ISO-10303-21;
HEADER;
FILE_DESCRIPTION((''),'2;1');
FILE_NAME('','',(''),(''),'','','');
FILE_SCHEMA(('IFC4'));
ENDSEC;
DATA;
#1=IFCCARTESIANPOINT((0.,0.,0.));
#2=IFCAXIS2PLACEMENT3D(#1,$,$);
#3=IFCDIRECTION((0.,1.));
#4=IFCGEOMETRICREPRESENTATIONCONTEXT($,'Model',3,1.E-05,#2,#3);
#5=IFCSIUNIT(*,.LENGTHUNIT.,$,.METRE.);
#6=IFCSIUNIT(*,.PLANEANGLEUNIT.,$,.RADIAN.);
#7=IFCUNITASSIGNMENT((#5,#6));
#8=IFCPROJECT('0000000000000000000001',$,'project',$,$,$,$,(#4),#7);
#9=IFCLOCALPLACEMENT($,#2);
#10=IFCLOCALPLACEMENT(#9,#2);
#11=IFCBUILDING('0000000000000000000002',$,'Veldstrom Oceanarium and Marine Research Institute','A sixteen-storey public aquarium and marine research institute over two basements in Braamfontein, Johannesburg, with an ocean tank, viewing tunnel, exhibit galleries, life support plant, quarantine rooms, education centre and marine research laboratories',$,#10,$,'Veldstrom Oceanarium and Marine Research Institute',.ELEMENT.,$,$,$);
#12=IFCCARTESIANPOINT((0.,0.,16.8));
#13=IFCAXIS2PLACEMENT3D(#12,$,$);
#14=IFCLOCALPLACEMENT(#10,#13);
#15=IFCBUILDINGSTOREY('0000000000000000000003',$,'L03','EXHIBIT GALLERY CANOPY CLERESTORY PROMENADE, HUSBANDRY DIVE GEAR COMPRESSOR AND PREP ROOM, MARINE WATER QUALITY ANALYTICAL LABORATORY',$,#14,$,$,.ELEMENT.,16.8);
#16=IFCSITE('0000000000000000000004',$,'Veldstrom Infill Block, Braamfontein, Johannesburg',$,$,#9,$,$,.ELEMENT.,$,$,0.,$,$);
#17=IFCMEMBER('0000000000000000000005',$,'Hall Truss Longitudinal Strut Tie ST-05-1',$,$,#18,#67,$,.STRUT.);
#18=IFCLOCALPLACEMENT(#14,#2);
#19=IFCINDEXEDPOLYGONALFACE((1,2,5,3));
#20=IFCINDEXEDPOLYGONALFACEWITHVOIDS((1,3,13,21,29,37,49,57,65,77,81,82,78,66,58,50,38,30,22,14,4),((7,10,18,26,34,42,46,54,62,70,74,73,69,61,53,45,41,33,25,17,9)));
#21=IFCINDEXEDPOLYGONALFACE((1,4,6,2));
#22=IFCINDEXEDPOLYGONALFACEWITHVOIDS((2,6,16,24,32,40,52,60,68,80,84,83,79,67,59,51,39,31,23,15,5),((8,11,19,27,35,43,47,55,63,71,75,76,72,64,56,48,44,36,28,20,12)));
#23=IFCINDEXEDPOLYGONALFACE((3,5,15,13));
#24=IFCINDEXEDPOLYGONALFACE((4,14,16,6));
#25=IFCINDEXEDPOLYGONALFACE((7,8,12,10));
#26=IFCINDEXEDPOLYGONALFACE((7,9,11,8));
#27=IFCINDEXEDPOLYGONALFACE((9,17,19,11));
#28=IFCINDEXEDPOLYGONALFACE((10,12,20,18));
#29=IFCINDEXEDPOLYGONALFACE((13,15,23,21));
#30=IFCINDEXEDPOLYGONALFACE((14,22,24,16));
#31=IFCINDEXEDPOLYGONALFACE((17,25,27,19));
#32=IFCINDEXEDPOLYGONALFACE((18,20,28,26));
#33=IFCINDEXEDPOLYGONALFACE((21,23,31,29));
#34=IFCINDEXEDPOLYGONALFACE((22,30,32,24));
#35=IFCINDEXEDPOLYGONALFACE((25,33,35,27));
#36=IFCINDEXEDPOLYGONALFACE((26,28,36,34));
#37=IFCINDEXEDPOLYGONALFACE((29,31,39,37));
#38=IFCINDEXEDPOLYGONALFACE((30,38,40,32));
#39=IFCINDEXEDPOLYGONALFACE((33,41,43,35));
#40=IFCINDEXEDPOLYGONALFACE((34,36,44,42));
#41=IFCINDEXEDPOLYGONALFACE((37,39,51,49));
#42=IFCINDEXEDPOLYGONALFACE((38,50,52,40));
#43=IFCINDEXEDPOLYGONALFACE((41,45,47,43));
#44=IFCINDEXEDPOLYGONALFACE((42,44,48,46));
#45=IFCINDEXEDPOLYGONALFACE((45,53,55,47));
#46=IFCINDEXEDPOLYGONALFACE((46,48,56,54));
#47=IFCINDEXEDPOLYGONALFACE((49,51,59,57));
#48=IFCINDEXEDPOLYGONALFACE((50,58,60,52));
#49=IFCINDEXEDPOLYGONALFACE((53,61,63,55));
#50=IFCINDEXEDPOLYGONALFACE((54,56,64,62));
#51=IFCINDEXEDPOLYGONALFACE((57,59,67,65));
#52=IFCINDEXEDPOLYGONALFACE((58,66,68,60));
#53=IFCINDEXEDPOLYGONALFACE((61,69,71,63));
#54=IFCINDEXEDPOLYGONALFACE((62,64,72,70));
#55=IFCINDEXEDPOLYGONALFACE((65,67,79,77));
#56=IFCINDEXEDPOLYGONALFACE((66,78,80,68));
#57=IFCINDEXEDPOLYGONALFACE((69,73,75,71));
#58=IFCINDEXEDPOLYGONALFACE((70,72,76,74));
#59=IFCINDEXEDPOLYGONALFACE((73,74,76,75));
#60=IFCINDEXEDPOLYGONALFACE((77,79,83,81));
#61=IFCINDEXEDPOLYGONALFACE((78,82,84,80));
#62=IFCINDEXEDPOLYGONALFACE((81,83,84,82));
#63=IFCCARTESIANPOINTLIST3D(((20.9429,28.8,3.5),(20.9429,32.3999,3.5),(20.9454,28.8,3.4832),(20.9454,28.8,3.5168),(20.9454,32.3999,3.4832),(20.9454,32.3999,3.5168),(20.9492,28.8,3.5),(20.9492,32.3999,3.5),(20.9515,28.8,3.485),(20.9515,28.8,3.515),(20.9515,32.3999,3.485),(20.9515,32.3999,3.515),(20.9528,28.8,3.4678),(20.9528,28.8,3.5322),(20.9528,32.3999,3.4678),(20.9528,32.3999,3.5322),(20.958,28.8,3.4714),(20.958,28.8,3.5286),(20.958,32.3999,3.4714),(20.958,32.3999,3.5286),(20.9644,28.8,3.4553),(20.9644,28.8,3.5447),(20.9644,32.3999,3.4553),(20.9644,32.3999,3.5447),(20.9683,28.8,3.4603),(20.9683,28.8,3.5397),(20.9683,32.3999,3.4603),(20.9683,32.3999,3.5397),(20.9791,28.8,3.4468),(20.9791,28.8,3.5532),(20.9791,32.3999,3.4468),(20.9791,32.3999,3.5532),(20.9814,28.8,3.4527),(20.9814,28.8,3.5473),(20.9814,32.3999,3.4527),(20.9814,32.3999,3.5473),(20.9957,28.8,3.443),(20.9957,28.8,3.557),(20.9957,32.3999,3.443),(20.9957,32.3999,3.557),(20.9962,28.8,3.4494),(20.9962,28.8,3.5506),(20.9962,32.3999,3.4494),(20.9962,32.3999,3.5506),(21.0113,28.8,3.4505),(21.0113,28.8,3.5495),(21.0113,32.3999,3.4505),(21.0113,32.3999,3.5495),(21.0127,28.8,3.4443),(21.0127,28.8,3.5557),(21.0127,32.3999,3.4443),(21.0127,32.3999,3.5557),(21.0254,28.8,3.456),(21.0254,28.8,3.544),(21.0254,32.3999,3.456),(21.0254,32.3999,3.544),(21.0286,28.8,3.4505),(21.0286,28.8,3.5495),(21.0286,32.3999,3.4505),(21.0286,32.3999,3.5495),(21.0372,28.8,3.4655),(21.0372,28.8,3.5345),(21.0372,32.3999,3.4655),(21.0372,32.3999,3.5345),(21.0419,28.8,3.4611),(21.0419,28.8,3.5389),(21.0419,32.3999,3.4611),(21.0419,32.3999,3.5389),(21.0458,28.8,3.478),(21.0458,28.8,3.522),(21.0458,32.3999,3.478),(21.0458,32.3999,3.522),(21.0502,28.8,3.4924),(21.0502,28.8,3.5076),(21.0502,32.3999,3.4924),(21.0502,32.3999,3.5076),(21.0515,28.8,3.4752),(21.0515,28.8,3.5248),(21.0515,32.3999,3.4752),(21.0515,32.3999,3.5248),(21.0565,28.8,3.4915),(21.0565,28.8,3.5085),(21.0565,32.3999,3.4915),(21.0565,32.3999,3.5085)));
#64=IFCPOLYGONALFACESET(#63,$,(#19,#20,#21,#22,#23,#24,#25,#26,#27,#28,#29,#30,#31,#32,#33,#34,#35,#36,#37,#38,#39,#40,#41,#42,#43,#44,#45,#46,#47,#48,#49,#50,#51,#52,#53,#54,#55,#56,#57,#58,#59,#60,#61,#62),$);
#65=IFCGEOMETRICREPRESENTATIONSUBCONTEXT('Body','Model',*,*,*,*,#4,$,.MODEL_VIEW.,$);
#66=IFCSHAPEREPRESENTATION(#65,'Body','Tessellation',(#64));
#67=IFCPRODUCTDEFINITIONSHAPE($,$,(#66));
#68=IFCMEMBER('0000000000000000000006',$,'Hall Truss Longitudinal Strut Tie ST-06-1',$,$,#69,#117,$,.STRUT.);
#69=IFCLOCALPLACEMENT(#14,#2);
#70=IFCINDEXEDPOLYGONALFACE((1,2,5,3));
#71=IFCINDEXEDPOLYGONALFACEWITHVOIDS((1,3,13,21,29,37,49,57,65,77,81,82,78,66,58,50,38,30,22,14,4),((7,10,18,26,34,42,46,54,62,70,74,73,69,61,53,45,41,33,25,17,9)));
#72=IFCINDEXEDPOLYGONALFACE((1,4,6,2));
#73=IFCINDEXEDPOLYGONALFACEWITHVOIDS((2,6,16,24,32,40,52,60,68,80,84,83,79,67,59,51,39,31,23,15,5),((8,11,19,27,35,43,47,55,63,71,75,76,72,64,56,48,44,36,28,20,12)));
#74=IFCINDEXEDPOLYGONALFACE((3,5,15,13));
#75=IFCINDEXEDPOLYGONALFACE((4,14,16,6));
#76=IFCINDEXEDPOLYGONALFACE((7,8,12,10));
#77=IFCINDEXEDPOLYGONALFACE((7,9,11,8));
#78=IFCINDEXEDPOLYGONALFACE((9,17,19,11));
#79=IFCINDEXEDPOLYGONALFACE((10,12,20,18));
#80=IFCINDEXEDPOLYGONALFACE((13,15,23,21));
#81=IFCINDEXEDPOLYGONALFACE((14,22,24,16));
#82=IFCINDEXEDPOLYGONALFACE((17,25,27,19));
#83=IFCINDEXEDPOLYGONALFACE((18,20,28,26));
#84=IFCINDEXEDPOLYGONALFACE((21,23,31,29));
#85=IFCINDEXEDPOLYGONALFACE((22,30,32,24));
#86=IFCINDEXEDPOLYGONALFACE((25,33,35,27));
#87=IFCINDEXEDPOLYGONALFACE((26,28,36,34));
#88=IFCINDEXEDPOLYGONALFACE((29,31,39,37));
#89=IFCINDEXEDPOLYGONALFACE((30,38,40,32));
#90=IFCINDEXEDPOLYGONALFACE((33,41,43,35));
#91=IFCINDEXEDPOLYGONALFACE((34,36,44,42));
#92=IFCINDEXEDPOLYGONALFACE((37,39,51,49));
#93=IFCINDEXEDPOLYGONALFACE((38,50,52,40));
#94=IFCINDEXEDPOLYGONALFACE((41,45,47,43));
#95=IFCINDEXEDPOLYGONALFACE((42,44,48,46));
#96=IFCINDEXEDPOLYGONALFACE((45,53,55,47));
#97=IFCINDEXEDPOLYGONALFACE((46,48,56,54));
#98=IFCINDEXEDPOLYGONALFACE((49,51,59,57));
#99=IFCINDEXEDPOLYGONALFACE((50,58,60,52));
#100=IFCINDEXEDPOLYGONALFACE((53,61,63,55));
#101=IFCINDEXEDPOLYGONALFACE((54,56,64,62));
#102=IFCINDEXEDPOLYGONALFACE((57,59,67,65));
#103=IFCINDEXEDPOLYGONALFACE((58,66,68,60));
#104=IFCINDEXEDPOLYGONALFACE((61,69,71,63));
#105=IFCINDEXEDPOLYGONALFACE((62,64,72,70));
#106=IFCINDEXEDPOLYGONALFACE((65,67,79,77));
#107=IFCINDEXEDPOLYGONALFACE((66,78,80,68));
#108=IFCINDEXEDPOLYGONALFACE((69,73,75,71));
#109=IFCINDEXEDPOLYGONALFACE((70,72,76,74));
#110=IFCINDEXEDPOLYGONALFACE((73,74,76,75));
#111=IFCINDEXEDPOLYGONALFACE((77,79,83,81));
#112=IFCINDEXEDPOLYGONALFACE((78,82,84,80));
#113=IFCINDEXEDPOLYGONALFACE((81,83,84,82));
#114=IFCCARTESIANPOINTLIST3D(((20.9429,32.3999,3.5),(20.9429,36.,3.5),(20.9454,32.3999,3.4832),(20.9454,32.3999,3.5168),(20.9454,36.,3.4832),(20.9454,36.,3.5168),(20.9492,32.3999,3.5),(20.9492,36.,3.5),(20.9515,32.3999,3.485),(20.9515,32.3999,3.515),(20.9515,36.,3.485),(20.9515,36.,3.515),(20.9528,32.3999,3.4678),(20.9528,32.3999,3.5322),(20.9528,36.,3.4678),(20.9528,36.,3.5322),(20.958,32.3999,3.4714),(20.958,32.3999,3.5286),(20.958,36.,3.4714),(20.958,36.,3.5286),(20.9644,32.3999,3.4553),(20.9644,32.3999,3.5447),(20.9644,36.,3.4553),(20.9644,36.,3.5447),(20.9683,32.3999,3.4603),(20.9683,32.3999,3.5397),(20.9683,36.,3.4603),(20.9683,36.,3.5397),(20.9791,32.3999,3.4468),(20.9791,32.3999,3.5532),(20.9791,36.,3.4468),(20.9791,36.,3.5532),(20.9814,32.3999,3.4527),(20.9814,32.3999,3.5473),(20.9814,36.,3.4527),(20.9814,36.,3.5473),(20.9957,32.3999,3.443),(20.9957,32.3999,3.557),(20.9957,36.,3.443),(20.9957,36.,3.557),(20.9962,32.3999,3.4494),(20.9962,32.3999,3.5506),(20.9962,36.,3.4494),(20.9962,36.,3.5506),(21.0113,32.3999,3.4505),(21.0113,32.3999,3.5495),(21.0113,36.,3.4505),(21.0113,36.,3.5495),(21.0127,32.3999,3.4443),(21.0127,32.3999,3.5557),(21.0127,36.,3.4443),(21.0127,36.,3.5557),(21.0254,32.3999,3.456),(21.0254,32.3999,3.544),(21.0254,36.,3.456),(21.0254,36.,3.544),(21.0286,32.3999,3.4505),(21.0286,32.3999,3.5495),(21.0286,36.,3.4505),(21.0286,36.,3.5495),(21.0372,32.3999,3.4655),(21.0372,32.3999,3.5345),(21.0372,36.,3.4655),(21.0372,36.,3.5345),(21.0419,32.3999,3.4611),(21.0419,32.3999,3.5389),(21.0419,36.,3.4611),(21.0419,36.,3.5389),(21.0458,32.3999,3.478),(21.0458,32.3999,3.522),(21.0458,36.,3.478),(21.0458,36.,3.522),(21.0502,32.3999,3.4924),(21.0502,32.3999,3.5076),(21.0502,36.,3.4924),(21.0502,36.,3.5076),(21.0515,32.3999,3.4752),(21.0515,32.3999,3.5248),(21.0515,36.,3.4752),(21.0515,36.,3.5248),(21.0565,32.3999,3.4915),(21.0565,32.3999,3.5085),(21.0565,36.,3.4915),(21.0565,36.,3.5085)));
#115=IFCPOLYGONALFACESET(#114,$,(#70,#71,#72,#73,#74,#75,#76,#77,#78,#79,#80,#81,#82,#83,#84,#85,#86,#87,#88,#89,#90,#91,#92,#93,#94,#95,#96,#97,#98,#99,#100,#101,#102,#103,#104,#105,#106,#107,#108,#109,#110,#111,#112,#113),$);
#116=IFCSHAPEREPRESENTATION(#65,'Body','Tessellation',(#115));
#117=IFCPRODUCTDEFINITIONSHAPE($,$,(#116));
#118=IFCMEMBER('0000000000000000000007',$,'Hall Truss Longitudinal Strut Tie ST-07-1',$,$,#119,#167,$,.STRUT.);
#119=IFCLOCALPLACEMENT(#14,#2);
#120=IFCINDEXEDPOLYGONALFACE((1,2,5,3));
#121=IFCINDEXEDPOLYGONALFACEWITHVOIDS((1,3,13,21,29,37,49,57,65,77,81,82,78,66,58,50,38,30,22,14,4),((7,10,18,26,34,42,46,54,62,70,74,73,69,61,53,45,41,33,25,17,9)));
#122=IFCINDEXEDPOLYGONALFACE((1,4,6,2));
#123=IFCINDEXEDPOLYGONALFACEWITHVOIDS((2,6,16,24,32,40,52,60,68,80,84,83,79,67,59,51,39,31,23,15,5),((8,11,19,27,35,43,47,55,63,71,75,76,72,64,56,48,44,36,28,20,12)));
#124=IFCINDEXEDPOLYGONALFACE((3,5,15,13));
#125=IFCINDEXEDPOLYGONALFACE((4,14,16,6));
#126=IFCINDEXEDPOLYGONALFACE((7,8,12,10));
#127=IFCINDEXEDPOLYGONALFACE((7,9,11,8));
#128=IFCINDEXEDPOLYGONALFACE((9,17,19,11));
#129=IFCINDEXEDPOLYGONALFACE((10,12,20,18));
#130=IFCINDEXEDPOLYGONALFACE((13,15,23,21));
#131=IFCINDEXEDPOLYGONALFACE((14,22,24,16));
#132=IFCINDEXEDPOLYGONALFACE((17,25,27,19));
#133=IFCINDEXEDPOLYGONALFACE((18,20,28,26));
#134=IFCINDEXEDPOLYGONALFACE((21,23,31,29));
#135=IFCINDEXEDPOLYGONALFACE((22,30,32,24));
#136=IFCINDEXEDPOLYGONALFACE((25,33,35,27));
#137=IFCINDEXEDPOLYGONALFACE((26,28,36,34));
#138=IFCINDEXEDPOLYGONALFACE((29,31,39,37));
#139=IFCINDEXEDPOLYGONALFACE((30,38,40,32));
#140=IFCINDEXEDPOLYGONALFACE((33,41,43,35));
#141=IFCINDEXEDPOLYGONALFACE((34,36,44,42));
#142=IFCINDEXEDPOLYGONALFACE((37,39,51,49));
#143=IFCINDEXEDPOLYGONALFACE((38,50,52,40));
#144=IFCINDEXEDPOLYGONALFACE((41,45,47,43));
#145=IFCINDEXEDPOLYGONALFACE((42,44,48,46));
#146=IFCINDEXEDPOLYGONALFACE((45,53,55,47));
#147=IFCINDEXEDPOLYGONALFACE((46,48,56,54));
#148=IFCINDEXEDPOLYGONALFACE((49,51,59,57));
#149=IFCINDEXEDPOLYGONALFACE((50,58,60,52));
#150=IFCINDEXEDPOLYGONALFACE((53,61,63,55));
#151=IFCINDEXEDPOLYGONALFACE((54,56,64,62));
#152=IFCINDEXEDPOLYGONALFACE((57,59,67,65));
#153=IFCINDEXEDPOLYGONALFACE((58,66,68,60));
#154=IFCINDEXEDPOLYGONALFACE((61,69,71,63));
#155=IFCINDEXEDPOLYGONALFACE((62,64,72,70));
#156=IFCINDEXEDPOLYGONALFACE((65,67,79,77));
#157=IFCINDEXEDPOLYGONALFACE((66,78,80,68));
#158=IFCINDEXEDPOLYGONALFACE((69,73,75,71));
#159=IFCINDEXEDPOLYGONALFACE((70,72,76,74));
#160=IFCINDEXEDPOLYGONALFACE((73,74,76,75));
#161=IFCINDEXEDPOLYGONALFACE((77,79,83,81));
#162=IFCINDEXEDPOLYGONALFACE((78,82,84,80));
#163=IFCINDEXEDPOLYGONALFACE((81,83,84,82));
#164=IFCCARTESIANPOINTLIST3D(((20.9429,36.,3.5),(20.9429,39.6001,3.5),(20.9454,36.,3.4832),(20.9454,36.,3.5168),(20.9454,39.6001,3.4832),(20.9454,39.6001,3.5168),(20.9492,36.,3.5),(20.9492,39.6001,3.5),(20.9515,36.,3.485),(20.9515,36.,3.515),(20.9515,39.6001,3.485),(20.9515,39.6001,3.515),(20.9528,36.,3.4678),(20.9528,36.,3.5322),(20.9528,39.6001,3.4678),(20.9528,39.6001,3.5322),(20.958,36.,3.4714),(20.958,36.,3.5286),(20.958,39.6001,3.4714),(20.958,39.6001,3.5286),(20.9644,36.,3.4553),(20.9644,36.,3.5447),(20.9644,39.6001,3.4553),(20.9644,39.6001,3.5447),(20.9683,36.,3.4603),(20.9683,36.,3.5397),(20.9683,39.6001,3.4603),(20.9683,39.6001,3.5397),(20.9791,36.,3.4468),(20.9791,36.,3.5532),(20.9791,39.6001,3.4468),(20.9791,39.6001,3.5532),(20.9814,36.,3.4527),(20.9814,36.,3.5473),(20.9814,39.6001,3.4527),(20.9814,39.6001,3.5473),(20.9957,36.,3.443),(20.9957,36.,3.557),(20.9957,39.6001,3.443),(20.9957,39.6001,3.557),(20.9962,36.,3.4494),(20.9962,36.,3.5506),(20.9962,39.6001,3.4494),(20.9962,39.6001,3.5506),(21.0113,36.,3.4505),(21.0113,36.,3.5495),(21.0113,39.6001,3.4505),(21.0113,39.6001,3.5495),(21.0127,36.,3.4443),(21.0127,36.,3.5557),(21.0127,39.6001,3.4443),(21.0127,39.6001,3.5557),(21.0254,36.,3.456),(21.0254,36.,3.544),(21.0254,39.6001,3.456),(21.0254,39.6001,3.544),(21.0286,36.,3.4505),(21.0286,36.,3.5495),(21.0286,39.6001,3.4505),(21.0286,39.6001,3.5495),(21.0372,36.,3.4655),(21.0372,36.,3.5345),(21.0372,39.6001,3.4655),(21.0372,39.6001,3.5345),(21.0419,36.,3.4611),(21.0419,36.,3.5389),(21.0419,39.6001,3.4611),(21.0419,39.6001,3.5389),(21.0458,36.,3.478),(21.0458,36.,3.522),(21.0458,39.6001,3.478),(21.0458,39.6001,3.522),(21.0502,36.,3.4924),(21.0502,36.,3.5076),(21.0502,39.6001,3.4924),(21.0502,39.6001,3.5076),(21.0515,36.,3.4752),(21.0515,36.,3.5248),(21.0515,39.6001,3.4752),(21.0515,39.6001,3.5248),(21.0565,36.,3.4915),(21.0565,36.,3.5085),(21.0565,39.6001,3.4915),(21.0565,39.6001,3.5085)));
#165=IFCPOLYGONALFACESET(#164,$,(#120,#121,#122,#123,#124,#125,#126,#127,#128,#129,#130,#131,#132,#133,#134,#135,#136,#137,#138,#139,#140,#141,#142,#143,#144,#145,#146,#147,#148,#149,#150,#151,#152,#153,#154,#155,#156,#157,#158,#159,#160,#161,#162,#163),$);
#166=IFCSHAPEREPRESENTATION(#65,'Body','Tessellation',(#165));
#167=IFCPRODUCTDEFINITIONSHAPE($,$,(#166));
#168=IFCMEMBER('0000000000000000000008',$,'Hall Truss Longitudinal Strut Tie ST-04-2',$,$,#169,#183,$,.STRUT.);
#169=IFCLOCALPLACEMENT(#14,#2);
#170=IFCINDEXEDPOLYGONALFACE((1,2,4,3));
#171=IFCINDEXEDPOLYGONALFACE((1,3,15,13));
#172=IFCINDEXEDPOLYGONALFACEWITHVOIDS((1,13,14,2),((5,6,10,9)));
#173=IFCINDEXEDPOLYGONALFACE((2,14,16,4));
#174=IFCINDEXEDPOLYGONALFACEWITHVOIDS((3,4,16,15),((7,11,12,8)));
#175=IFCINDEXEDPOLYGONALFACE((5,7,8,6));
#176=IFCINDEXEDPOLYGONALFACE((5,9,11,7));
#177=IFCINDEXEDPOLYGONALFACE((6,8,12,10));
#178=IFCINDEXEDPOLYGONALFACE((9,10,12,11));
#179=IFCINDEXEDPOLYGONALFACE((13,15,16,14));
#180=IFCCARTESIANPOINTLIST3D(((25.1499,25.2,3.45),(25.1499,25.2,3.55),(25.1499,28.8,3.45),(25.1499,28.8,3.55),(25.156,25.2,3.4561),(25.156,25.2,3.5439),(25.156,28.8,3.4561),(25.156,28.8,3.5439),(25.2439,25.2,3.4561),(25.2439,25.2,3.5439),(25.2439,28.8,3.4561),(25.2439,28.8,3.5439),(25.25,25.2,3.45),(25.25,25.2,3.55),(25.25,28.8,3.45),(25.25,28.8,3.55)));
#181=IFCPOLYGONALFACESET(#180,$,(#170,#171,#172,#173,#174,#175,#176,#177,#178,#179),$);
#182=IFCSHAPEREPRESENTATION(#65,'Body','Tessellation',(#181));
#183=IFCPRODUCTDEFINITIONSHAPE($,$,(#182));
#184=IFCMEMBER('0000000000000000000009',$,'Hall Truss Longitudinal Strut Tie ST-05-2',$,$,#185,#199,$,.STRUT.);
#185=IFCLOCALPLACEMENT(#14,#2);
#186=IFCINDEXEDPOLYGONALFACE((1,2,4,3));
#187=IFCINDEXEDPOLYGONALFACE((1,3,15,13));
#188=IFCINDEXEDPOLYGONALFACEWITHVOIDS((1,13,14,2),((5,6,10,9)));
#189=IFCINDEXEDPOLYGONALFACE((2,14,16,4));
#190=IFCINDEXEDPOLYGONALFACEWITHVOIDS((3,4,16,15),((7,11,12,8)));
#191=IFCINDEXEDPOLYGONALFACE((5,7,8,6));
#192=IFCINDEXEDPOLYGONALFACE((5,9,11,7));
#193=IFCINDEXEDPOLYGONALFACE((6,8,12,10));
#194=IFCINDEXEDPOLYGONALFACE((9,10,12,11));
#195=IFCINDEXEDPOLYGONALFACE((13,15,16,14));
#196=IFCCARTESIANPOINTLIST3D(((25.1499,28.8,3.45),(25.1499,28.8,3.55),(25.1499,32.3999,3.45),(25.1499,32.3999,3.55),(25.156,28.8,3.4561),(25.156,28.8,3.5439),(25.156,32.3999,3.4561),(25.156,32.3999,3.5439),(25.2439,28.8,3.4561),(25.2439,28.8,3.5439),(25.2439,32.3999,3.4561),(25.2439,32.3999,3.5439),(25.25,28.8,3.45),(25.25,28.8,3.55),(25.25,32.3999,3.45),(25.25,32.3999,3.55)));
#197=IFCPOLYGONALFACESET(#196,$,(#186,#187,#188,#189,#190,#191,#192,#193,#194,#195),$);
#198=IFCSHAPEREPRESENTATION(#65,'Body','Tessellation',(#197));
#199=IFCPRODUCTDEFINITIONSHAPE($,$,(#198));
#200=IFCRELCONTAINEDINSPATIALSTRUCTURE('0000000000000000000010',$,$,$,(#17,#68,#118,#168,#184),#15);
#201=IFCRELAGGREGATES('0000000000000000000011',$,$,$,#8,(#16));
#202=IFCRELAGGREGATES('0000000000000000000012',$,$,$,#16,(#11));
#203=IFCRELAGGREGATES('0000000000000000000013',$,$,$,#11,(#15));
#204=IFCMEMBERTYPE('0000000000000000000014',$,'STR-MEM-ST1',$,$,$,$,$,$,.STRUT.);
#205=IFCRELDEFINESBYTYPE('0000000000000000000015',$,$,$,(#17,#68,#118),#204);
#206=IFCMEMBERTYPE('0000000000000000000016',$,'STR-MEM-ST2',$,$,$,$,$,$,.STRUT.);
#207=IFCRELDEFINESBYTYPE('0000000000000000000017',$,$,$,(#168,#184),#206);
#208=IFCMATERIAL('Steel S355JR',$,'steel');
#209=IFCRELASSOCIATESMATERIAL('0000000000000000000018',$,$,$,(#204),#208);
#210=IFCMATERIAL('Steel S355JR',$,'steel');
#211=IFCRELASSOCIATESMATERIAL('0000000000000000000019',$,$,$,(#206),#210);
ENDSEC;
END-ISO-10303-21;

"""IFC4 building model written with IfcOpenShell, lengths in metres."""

from ifc_helpers import new_model, si_unit, direction, frame, origin, origin_2d, place, context, subcontext, project, spatial, hollow_rectangle, hollow_circle, extrude, material, material_profile, profile_set, type_object, element, save


model = new_model("IFC4")

# Units and contexts
model_context = context("Model", 3, precision=1e-05, world=origin(), true_north=direction((0.0, 1.0)))
body_context = subcontext(model_context, "Body", "Model", "MODEL_VIEW")
ifc_project = project(units=[si_unit("LENGTHUNIT", "METRE"), si_unit("PLANEANGLEUNIT", "RADIAN")], contexts=[model_context])

# Site, building, storey
site_placement = place(None, origin())
site = spatial("IfcSite", under=ifc_project, at=site_placement, Name="Veldstrom Infill Block, Braamfontein, Johannesburg", CompositionType="ELEMENT", RefElevation=0.0)
building_placement = place(site_placement, origin())
building = spatial("IfcBuilding", under=site, at=building_placement, Name="Veldstrom Oceanarium and Marine Research Institute", Description="A sixteen-storey public aquarium and marine research institute over two basements in Braamfontein, Johannesburg, with an ocean tank, viewing tunnel, exhibit galleries, life support plant, quarantine rooms, education centre and marine research laboratories", LongName="Veldstrom Oceanarium and Marine Research Institute", CompositionType="ELEMENT")
storey_placement = place(building_placement, frame((0.0, 0.0, 16.8)))
storey = spatial("IfcBuildingStorey", under=building, at=storey_placement, Name="L03", Description="EXHIBIT GALLERY CANOPY CLERESTORY PROMENADE, HUSBANDRY DIVE GEAR COMPRESSOR AND PREP ROOM, MARINE WATER QUALITY ANALYTICAL LABORATORY", CompositionType="ELEMENT", Elevation=16.8)

# Members
ifc_material_1 = material(Name="Steel S355JR", Category="steel")
ifc_material_profile_1 = material_profile(ifc_material_1, hollow_circle(Radius=0.0571, WallThickness=0.0063, at=origin_2d()), Name="CHS 114.3x6.3")
ifc_profile_set_1 = profile_set([ifc_material_profile_1], Name="Steel S355JR")
member_type_1 = type_object("IfcMemberType", Name="STR-MEM-ST1", PredefinedType="STRUT", material=ifc_profile_set_1)
member_1_placement = place(storey_placement, frame((21.0, 28.8, 3.5), z_axis=(0.0, 1.0, 0.0), x_axis=(-1.0, 0.0, 0.0)))
element("IfcMember", 1, at=member_1_placement, inside=storey, type_object=member_type_1, Name="Hall Truss Longitudinal Strut Tie ST-05-1", PredefinedType="STRUT", context=body_context, shape_type="SweptSolid", body=[
    extrude(hollow_circle(Radius=0.0571, WallThickness=0.0063, at=origin_2d()), origin(), (0.0, 0.0, 1.0), 3.5999),
])
for number, where, z_axis, x_axis, name in (
    (2, (21.0, 32.3999, 3.5), (0.0, 1.0, 0.0), (-1.0, 0.0, 0.0), "Hall Truss Longitudinal Strut Tie ST-06-1"),
    (3, (21.0, 36.0, 3.5), (0.0, 1.0, 0.0), (-1.0, 0.0, 0.0), "Hall Truss Longitudinal Strut Tie ST-07-1"),
):
    element("IfcMember", number, at=place(storey_placement, frame(where, z_axis=z_axis, x_axis=x_axis)), inside=storey, type_object=member_type_1, Name=name, PredefinedType="STRUT", context=body_context, shape_type="SweptSolid", body=[
        extrude(hollow_circle(Radius=0.0571, WallThickness=0.0063, at=origin_2d()), origin(), (0.0, 0.0, 1.0), 3.6001),
    ])
ifc_material_2 = material(Name="Steel S355JR", Category="steel")
ifc_material_profile_2 = material_profile(ifc_material_2, hollow_rectangle(XDim=0.1001, YDim=0.1001, WallThickness=0.0061, at=origin_2d()), Name="SHS 100x100x6")
ifc_profile_set_2 = profile_set([ifc_material_profile_2], Name="Steel S355JR")
member_type_2 = type_object("IfcMemberType", Name="STR-MEM-ST2", PredefinedType="STRUT", material=ifc_profile_set_2)
member_2_placement = place(storey_placement, frame((25.2, 25.2, 3.5), z_axis=(0.0, 1.0, 0.0), x_axis=(-1.0, 0.0, 0.0)))
element("IfcMember", 4, at=member_2_placement, inside=storey, type_object=member_type_2, Name="Hall Truss Longitudinal Strut Tie ST-04-2", PredefinedType="STRUT", context=body_context, shape_type="SweptSolid", body=[
    extrude(hollow_rectangle(XDim=0.1001, YDim=0.1001, WallThickness=0.0061, at=origin_2d()), origin(), (0.0, 0.0, 1.0), 3.6001),
])
member_3_placement = place(storey_placement, frame((25.2, 28.8, 3.5), z_axis=(0.0, 1.0, 0.0), x_axis=(-1.0, 0.0, 0.0)))
element("IfcMember", 5, at=member_3_placement, inside=storey, type_object=member_type_2, Name="Hall Truss Longitudinal Strut Tie ST-05-2", PredefinedType="STRUT", context=body_context, shape_type="SweptSolid", body=[
    extrude(hollow_rectangle(XDim=0.1001, YDim=0.1001, WallThickness=0.0061, at=origin_2d()), origin(), (0.0, 0.0, 1.0), 3.5999),
])

save(model, "model.ifc")
